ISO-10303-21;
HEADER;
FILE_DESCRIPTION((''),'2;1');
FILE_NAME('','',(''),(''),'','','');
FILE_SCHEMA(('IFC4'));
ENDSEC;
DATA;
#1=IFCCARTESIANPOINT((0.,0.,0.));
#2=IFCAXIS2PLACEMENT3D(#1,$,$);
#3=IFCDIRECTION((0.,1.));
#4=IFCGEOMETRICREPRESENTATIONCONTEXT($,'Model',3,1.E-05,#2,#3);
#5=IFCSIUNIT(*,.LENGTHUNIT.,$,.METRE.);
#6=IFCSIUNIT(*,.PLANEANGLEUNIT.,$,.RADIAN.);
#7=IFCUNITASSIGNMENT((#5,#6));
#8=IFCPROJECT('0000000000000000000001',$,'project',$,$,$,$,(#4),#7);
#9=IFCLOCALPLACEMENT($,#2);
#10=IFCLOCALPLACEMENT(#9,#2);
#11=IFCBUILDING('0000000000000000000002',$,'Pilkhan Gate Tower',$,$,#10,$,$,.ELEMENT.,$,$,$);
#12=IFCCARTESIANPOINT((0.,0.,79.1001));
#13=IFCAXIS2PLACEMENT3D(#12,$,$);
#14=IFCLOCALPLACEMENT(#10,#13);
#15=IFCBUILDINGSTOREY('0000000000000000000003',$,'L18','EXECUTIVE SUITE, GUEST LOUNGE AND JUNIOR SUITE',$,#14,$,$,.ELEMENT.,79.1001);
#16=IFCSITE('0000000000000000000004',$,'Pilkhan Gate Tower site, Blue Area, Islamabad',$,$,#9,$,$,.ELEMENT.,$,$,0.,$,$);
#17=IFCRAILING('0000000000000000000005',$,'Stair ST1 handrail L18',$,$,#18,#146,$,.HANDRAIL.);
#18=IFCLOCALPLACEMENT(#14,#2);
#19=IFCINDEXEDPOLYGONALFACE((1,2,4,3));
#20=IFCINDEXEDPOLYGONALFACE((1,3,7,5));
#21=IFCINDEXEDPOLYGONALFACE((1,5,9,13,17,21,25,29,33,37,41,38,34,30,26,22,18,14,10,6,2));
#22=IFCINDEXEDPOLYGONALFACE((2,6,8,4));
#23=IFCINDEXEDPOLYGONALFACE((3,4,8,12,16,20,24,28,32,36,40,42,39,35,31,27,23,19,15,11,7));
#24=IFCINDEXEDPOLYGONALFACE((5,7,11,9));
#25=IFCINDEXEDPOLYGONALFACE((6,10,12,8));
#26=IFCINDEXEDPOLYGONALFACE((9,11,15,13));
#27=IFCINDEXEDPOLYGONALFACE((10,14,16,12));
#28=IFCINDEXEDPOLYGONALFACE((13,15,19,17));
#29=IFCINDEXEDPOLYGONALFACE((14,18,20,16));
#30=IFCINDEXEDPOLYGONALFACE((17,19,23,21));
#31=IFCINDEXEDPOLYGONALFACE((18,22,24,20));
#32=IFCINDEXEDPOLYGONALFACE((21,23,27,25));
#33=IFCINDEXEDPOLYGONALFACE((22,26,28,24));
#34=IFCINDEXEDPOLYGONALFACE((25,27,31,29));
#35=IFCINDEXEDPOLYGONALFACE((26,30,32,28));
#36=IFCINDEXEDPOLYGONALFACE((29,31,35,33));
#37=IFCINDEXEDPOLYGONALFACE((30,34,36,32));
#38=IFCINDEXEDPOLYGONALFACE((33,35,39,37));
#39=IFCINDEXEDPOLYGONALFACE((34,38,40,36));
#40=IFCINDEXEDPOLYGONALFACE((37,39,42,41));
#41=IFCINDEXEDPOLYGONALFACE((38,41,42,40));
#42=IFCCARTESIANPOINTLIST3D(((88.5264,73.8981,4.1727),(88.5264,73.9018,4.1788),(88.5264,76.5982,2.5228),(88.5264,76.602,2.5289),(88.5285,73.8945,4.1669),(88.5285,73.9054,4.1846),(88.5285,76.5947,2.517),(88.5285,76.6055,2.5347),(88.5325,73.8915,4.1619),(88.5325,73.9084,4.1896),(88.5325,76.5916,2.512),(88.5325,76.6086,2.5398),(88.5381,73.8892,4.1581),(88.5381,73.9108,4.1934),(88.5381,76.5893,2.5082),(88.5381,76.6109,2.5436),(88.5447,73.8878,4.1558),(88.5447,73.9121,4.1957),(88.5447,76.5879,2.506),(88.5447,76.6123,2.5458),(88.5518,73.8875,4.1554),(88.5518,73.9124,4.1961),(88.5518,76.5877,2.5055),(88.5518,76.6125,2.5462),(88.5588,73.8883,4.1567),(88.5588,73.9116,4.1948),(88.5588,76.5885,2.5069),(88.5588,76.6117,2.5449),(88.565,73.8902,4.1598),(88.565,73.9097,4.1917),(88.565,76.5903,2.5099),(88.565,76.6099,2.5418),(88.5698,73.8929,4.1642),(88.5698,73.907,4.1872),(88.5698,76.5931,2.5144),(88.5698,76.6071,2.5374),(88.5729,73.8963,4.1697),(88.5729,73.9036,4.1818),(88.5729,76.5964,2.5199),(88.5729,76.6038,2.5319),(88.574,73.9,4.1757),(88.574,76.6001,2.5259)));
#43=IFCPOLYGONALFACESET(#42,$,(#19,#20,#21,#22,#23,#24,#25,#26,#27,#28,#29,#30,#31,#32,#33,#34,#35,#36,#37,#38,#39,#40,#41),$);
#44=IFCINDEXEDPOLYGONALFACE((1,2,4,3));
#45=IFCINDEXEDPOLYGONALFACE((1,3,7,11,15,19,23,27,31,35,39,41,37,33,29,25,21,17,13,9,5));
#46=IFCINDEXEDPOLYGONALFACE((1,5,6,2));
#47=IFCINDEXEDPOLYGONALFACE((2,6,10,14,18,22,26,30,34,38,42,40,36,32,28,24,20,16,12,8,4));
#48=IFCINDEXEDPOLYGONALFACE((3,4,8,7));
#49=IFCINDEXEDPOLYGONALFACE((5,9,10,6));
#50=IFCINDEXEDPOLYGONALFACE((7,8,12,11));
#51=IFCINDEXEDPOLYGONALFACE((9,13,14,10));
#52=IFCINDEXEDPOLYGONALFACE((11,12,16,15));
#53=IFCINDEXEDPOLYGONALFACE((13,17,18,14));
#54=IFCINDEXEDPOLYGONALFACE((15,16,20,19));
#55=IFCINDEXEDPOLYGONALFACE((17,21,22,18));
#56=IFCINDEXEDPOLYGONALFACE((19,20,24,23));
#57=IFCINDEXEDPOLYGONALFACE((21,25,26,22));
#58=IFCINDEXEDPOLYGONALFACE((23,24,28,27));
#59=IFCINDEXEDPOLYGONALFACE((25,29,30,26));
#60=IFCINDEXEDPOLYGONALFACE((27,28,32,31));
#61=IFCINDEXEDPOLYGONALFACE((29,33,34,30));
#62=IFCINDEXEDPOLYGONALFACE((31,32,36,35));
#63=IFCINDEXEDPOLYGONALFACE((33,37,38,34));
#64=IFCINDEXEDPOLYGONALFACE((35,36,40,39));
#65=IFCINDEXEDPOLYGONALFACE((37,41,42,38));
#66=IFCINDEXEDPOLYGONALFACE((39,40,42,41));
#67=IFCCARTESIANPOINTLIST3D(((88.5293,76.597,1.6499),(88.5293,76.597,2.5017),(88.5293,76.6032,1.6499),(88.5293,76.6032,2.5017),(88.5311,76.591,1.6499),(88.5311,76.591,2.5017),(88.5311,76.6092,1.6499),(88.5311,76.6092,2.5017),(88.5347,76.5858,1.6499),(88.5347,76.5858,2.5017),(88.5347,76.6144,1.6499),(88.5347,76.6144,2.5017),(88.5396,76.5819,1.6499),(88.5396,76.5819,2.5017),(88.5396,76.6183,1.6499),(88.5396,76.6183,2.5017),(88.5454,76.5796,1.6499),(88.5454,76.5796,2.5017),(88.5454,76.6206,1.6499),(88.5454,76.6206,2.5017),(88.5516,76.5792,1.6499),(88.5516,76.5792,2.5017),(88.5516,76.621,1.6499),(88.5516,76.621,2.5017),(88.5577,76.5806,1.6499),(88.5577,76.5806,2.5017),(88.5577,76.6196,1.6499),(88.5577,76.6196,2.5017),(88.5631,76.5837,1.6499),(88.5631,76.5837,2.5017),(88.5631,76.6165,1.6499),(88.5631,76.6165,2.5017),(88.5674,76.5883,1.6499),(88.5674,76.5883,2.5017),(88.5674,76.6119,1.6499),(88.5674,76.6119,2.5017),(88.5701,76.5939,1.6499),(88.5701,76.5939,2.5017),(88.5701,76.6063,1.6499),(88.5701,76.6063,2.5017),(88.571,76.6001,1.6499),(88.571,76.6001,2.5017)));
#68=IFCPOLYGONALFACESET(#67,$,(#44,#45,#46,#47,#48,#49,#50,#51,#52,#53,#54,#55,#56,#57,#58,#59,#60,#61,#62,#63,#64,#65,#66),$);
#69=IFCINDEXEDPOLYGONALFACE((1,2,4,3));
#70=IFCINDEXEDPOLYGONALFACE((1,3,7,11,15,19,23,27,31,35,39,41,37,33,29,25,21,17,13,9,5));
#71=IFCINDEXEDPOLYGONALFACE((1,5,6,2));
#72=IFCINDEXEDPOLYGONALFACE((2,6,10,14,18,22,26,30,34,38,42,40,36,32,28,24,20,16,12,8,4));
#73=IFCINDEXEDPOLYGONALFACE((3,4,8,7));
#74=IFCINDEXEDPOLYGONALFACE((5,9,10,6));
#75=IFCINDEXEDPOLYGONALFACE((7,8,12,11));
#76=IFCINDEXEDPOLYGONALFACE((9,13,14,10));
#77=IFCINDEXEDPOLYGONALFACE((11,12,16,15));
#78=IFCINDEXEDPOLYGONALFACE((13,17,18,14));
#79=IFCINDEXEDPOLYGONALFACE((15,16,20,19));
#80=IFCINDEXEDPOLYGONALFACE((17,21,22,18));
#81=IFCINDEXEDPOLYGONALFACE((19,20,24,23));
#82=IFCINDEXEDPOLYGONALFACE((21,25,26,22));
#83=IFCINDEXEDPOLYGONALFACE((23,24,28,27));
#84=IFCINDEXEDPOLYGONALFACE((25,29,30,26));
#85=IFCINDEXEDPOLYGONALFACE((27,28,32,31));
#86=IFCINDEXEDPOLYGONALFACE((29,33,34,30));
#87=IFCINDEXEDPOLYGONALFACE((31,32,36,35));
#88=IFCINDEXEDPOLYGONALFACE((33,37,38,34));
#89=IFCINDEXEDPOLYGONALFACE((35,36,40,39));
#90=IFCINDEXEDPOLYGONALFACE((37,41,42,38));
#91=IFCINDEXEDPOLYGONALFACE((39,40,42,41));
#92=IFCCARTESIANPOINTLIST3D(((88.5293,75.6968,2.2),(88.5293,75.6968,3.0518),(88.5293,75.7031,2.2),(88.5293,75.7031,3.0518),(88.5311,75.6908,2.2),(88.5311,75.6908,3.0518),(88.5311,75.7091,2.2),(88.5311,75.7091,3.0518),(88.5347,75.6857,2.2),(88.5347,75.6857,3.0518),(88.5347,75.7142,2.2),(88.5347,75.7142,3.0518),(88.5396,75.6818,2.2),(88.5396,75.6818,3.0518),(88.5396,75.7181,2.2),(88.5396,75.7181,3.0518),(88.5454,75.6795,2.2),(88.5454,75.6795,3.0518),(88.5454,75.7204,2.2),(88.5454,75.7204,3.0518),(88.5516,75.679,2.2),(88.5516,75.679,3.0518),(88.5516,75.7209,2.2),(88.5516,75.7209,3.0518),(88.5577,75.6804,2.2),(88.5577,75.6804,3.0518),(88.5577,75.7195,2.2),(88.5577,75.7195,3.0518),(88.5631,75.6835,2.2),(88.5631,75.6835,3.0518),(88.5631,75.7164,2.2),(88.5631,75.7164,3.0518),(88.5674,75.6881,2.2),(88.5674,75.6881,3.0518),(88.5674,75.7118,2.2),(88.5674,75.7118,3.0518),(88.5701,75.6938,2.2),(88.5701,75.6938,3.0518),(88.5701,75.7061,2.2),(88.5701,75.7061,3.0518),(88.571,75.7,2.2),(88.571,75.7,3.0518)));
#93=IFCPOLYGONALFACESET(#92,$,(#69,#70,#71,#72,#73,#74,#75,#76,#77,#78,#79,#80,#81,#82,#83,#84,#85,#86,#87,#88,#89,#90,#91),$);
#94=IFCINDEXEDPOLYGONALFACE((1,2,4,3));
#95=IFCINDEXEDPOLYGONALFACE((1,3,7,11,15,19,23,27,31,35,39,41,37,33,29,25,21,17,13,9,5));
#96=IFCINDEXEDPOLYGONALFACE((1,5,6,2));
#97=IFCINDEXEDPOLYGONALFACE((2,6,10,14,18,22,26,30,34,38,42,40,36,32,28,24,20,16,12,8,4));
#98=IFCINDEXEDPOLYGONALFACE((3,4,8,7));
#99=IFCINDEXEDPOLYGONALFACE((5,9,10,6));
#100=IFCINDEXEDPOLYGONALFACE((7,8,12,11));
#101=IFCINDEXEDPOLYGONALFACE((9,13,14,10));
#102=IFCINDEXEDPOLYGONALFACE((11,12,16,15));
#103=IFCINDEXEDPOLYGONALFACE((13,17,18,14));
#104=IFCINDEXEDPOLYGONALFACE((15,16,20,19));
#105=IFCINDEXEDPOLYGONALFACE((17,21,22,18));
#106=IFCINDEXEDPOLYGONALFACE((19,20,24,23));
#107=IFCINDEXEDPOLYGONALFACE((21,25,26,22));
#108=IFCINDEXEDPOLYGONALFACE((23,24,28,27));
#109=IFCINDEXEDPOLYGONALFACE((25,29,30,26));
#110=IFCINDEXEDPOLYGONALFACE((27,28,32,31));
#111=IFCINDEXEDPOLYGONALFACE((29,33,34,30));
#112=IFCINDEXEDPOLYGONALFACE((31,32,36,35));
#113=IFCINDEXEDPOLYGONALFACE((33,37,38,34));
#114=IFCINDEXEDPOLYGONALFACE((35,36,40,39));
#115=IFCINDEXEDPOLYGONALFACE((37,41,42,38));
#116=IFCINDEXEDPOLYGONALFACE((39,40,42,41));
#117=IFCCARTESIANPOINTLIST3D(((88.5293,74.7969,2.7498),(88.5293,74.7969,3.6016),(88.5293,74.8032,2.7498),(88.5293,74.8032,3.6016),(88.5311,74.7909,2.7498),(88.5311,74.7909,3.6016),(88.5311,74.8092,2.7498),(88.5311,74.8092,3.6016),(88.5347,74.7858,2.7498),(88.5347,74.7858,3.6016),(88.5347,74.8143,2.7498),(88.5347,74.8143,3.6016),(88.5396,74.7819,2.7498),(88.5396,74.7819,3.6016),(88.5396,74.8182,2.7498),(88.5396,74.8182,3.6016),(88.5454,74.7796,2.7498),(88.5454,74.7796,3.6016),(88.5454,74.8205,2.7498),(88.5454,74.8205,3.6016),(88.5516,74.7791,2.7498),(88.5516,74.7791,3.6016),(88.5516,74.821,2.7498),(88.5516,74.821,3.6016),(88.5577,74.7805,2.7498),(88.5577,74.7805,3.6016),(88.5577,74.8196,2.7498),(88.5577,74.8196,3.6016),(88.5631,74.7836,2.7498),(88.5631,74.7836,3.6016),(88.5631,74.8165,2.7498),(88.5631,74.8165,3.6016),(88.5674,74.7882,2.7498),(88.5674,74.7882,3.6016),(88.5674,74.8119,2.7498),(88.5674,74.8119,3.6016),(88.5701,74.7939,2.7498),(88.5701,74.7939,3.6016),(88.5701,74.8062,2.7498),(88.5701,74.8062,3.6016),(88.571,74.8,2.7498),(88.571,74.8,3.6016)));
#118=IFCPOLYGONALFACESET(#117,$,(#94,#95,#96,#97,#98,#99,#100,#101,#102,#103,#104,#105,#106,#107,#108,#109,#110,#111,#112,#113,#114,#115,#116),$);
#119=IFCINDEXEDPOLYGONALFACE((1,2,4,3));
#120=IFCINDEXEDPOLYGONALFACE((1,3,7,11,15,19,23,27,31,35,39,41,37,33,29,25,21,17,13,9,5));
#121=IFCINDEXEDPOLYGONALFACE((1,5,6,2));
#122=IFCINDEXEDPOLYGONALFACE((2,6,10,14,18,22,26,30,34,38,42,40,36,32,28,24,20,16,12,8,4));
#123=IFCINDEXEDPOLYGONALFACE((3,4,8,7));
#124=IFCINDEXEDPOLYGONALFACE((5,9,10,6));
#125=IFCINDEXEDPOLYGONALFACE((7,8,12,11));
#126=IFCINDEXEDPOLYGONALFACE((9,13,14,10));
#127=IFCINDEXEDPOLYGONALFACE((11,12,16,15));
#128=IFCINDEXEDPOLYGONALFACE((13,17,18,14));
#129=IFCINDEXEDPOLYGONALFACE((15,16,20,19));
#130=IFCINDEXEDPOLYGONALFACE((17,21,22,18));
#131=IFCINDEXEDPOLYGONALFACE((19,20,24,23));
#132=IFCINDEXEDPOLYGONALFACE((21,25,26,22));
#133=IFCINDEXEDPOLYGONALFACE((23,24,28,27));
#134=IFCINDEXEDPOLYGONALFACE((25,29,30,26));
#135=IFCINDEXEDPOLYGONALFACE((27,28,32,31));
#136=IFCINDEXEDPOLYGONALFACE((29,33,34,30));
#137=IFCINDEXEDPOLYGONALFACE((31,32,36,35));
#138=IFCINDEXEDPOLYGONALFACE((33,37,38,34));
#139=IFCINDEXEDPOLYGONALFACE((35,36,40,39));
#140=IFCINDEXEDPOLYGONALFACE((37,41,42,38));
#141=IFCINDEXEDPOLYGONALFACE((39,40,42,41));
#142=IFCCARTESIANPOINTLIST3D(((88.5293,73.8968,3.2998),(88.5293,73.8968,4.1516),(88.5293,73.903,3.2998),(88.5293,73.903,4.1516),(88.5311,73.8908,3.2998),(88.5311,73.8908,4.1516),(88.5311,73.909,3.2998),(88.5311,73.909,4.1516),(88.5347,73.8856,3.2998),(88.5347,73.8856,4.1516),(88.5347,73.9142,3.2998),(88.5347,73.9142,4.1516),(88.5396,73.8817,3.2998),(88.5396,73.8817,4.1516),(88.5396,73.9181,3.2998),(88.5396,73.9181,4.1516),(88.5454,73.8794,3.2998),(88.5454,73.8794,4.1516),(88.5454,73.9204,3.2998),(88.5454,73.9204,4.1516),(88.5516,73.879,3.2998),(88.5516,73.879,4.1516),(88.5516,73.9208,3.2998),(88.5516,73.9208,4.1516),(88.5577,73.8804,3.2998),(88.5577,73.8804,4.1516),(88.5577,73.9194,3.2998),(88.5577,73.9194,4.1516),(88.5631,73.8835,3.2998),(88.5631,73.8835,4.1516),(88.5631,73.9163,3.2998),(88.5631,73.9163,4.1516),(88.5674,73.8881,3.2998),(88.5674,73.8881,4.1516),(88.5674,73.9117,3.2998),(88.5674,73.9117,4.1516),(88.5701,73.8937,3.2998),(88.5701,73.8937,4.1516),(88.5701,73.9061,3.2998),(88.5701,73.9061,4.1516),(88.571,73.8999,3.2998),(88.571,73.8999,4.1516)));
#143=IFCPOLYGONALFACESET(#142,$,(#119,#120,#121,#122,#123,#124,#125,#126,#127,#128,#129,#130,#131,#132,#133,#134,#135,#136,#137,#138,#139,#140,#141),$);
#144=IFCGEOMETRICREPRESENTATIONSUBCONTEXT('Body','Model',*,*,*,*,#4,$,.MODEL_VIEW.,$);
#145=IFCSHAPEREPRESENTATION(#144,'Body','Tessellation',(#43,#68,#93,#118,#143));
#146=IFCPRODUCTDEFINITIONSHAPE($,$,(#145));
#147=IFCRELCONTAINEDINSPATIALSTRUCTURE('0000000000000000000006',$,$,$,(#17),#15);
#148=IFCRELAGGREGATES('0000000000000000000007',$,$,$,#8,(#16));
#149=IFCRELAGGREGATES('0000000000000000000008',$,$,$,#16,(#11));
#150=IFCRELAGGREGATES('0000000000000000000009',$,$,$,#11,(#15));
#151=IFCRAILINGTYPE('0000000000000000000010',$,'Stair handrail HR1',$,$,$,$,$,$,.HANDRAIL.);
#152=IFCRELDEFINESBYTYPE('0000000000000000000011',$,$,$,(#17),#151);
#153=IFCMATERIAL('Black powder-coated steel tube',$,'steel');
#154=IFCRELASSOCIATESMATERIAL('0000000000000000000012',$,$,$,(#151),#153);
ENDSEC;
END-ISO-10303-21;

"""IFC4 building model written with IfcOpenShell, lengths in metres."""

from ifc_helpers import new_model, si_unit, direction, frame, origin, origin_2d, place, context, subcontext, project, spatial, circle, extrude, material, type_object, element, save


model = new_model("IFC4")

# Units and contexts
model_context = context("Model", 3, precision=1e-05, world=origin(), true_north=direction((0.0, 1.0)))
body_context = subcontext(model_context, "Body", "Model", "MODEL_VIEW")
ifc_project = project(units=[si_unit("LENGTHUNIT", "METRE"), si_unit("PLANEANGLEUNIT", "RADIAN")], contexts=[model_context])

# Site, building, storey
site_placement = place(None, origin())
site = spatial("IfcSite", under=ifc_project, at=site_placement, Name="Pilkhan Gate Tower site, Blue Area, Islamabad", CompositionType="ELEMENT", RefElevation=0.0)
building_placement = place(site_placement, origin())
building = spatial("IfcBuilding", under=site, at=building_placement, Name="Pilkhan Gate Tower", CompositionType="ELEMENT")
storey_placement = place(building_placement, frame((0.0, 0.0, 79.1001)))
storey = spatial("IfcBuildingStorey", under=building, at=storey_placement, Name="L18", Description="EXECUTIVE SUITE, GUEST LOUNGE AND JUNIOR SUITE", CompositionType="ELEMENT", Elevation=79.1001)

# Railing
ifc_material_1 = material(Name="Black powder-coated steel tube", Category="steel")
railing_type_1 = type_object("IfcRailingType", Name="Stair handrail HR1", PredefinedType="HANDRAIL", material=ifc_material_1)
railing_1_placement = place(storey_placement, frame((88.55, 76.6001, 1.6499)))
element("IfcRailing", 1, at=railing_1_placement, inside=storey, type_object=railing_type_1, Name="Stair ST1 handrail L18", PredefinedType="HANDRAIL", context=body_context, shape_type="SweptSolid", body=[
    extrude(circle(Radius=0.0239, at=origin_2d()), frame((0.0, 0.0, 0.876), z_axis=(0.0, -0.853312, 0.5214), x_axis=(1.0, 0.0, 0.0)), (0.0, 0.0, 1.0), 3.1643),
    extrude(circle(Radius=0.021, at=origin_2d()), origin(), (0.0, 0.0, 1.0), 0.8518),
    extrude(circle(Radius=0.021, at=origin_2d()), frame((0.0, -0.9001, 0.55)), (0.0, 0.0, 1.0), 0.8518),
    extrude(circle(Radius=0.021, at=origin_2d()), frame((0.0, -1.8, 1.0999)), (0.0, 0.0, 1.0), 0.8518),
    extrude(circle(Radius=0.021, at=origin_2d()), frame((0.0, -2.7002, 1.6499)), (0.0, 0.0, 1.0), 0.8518),
])

save(model, "model.ifc")
